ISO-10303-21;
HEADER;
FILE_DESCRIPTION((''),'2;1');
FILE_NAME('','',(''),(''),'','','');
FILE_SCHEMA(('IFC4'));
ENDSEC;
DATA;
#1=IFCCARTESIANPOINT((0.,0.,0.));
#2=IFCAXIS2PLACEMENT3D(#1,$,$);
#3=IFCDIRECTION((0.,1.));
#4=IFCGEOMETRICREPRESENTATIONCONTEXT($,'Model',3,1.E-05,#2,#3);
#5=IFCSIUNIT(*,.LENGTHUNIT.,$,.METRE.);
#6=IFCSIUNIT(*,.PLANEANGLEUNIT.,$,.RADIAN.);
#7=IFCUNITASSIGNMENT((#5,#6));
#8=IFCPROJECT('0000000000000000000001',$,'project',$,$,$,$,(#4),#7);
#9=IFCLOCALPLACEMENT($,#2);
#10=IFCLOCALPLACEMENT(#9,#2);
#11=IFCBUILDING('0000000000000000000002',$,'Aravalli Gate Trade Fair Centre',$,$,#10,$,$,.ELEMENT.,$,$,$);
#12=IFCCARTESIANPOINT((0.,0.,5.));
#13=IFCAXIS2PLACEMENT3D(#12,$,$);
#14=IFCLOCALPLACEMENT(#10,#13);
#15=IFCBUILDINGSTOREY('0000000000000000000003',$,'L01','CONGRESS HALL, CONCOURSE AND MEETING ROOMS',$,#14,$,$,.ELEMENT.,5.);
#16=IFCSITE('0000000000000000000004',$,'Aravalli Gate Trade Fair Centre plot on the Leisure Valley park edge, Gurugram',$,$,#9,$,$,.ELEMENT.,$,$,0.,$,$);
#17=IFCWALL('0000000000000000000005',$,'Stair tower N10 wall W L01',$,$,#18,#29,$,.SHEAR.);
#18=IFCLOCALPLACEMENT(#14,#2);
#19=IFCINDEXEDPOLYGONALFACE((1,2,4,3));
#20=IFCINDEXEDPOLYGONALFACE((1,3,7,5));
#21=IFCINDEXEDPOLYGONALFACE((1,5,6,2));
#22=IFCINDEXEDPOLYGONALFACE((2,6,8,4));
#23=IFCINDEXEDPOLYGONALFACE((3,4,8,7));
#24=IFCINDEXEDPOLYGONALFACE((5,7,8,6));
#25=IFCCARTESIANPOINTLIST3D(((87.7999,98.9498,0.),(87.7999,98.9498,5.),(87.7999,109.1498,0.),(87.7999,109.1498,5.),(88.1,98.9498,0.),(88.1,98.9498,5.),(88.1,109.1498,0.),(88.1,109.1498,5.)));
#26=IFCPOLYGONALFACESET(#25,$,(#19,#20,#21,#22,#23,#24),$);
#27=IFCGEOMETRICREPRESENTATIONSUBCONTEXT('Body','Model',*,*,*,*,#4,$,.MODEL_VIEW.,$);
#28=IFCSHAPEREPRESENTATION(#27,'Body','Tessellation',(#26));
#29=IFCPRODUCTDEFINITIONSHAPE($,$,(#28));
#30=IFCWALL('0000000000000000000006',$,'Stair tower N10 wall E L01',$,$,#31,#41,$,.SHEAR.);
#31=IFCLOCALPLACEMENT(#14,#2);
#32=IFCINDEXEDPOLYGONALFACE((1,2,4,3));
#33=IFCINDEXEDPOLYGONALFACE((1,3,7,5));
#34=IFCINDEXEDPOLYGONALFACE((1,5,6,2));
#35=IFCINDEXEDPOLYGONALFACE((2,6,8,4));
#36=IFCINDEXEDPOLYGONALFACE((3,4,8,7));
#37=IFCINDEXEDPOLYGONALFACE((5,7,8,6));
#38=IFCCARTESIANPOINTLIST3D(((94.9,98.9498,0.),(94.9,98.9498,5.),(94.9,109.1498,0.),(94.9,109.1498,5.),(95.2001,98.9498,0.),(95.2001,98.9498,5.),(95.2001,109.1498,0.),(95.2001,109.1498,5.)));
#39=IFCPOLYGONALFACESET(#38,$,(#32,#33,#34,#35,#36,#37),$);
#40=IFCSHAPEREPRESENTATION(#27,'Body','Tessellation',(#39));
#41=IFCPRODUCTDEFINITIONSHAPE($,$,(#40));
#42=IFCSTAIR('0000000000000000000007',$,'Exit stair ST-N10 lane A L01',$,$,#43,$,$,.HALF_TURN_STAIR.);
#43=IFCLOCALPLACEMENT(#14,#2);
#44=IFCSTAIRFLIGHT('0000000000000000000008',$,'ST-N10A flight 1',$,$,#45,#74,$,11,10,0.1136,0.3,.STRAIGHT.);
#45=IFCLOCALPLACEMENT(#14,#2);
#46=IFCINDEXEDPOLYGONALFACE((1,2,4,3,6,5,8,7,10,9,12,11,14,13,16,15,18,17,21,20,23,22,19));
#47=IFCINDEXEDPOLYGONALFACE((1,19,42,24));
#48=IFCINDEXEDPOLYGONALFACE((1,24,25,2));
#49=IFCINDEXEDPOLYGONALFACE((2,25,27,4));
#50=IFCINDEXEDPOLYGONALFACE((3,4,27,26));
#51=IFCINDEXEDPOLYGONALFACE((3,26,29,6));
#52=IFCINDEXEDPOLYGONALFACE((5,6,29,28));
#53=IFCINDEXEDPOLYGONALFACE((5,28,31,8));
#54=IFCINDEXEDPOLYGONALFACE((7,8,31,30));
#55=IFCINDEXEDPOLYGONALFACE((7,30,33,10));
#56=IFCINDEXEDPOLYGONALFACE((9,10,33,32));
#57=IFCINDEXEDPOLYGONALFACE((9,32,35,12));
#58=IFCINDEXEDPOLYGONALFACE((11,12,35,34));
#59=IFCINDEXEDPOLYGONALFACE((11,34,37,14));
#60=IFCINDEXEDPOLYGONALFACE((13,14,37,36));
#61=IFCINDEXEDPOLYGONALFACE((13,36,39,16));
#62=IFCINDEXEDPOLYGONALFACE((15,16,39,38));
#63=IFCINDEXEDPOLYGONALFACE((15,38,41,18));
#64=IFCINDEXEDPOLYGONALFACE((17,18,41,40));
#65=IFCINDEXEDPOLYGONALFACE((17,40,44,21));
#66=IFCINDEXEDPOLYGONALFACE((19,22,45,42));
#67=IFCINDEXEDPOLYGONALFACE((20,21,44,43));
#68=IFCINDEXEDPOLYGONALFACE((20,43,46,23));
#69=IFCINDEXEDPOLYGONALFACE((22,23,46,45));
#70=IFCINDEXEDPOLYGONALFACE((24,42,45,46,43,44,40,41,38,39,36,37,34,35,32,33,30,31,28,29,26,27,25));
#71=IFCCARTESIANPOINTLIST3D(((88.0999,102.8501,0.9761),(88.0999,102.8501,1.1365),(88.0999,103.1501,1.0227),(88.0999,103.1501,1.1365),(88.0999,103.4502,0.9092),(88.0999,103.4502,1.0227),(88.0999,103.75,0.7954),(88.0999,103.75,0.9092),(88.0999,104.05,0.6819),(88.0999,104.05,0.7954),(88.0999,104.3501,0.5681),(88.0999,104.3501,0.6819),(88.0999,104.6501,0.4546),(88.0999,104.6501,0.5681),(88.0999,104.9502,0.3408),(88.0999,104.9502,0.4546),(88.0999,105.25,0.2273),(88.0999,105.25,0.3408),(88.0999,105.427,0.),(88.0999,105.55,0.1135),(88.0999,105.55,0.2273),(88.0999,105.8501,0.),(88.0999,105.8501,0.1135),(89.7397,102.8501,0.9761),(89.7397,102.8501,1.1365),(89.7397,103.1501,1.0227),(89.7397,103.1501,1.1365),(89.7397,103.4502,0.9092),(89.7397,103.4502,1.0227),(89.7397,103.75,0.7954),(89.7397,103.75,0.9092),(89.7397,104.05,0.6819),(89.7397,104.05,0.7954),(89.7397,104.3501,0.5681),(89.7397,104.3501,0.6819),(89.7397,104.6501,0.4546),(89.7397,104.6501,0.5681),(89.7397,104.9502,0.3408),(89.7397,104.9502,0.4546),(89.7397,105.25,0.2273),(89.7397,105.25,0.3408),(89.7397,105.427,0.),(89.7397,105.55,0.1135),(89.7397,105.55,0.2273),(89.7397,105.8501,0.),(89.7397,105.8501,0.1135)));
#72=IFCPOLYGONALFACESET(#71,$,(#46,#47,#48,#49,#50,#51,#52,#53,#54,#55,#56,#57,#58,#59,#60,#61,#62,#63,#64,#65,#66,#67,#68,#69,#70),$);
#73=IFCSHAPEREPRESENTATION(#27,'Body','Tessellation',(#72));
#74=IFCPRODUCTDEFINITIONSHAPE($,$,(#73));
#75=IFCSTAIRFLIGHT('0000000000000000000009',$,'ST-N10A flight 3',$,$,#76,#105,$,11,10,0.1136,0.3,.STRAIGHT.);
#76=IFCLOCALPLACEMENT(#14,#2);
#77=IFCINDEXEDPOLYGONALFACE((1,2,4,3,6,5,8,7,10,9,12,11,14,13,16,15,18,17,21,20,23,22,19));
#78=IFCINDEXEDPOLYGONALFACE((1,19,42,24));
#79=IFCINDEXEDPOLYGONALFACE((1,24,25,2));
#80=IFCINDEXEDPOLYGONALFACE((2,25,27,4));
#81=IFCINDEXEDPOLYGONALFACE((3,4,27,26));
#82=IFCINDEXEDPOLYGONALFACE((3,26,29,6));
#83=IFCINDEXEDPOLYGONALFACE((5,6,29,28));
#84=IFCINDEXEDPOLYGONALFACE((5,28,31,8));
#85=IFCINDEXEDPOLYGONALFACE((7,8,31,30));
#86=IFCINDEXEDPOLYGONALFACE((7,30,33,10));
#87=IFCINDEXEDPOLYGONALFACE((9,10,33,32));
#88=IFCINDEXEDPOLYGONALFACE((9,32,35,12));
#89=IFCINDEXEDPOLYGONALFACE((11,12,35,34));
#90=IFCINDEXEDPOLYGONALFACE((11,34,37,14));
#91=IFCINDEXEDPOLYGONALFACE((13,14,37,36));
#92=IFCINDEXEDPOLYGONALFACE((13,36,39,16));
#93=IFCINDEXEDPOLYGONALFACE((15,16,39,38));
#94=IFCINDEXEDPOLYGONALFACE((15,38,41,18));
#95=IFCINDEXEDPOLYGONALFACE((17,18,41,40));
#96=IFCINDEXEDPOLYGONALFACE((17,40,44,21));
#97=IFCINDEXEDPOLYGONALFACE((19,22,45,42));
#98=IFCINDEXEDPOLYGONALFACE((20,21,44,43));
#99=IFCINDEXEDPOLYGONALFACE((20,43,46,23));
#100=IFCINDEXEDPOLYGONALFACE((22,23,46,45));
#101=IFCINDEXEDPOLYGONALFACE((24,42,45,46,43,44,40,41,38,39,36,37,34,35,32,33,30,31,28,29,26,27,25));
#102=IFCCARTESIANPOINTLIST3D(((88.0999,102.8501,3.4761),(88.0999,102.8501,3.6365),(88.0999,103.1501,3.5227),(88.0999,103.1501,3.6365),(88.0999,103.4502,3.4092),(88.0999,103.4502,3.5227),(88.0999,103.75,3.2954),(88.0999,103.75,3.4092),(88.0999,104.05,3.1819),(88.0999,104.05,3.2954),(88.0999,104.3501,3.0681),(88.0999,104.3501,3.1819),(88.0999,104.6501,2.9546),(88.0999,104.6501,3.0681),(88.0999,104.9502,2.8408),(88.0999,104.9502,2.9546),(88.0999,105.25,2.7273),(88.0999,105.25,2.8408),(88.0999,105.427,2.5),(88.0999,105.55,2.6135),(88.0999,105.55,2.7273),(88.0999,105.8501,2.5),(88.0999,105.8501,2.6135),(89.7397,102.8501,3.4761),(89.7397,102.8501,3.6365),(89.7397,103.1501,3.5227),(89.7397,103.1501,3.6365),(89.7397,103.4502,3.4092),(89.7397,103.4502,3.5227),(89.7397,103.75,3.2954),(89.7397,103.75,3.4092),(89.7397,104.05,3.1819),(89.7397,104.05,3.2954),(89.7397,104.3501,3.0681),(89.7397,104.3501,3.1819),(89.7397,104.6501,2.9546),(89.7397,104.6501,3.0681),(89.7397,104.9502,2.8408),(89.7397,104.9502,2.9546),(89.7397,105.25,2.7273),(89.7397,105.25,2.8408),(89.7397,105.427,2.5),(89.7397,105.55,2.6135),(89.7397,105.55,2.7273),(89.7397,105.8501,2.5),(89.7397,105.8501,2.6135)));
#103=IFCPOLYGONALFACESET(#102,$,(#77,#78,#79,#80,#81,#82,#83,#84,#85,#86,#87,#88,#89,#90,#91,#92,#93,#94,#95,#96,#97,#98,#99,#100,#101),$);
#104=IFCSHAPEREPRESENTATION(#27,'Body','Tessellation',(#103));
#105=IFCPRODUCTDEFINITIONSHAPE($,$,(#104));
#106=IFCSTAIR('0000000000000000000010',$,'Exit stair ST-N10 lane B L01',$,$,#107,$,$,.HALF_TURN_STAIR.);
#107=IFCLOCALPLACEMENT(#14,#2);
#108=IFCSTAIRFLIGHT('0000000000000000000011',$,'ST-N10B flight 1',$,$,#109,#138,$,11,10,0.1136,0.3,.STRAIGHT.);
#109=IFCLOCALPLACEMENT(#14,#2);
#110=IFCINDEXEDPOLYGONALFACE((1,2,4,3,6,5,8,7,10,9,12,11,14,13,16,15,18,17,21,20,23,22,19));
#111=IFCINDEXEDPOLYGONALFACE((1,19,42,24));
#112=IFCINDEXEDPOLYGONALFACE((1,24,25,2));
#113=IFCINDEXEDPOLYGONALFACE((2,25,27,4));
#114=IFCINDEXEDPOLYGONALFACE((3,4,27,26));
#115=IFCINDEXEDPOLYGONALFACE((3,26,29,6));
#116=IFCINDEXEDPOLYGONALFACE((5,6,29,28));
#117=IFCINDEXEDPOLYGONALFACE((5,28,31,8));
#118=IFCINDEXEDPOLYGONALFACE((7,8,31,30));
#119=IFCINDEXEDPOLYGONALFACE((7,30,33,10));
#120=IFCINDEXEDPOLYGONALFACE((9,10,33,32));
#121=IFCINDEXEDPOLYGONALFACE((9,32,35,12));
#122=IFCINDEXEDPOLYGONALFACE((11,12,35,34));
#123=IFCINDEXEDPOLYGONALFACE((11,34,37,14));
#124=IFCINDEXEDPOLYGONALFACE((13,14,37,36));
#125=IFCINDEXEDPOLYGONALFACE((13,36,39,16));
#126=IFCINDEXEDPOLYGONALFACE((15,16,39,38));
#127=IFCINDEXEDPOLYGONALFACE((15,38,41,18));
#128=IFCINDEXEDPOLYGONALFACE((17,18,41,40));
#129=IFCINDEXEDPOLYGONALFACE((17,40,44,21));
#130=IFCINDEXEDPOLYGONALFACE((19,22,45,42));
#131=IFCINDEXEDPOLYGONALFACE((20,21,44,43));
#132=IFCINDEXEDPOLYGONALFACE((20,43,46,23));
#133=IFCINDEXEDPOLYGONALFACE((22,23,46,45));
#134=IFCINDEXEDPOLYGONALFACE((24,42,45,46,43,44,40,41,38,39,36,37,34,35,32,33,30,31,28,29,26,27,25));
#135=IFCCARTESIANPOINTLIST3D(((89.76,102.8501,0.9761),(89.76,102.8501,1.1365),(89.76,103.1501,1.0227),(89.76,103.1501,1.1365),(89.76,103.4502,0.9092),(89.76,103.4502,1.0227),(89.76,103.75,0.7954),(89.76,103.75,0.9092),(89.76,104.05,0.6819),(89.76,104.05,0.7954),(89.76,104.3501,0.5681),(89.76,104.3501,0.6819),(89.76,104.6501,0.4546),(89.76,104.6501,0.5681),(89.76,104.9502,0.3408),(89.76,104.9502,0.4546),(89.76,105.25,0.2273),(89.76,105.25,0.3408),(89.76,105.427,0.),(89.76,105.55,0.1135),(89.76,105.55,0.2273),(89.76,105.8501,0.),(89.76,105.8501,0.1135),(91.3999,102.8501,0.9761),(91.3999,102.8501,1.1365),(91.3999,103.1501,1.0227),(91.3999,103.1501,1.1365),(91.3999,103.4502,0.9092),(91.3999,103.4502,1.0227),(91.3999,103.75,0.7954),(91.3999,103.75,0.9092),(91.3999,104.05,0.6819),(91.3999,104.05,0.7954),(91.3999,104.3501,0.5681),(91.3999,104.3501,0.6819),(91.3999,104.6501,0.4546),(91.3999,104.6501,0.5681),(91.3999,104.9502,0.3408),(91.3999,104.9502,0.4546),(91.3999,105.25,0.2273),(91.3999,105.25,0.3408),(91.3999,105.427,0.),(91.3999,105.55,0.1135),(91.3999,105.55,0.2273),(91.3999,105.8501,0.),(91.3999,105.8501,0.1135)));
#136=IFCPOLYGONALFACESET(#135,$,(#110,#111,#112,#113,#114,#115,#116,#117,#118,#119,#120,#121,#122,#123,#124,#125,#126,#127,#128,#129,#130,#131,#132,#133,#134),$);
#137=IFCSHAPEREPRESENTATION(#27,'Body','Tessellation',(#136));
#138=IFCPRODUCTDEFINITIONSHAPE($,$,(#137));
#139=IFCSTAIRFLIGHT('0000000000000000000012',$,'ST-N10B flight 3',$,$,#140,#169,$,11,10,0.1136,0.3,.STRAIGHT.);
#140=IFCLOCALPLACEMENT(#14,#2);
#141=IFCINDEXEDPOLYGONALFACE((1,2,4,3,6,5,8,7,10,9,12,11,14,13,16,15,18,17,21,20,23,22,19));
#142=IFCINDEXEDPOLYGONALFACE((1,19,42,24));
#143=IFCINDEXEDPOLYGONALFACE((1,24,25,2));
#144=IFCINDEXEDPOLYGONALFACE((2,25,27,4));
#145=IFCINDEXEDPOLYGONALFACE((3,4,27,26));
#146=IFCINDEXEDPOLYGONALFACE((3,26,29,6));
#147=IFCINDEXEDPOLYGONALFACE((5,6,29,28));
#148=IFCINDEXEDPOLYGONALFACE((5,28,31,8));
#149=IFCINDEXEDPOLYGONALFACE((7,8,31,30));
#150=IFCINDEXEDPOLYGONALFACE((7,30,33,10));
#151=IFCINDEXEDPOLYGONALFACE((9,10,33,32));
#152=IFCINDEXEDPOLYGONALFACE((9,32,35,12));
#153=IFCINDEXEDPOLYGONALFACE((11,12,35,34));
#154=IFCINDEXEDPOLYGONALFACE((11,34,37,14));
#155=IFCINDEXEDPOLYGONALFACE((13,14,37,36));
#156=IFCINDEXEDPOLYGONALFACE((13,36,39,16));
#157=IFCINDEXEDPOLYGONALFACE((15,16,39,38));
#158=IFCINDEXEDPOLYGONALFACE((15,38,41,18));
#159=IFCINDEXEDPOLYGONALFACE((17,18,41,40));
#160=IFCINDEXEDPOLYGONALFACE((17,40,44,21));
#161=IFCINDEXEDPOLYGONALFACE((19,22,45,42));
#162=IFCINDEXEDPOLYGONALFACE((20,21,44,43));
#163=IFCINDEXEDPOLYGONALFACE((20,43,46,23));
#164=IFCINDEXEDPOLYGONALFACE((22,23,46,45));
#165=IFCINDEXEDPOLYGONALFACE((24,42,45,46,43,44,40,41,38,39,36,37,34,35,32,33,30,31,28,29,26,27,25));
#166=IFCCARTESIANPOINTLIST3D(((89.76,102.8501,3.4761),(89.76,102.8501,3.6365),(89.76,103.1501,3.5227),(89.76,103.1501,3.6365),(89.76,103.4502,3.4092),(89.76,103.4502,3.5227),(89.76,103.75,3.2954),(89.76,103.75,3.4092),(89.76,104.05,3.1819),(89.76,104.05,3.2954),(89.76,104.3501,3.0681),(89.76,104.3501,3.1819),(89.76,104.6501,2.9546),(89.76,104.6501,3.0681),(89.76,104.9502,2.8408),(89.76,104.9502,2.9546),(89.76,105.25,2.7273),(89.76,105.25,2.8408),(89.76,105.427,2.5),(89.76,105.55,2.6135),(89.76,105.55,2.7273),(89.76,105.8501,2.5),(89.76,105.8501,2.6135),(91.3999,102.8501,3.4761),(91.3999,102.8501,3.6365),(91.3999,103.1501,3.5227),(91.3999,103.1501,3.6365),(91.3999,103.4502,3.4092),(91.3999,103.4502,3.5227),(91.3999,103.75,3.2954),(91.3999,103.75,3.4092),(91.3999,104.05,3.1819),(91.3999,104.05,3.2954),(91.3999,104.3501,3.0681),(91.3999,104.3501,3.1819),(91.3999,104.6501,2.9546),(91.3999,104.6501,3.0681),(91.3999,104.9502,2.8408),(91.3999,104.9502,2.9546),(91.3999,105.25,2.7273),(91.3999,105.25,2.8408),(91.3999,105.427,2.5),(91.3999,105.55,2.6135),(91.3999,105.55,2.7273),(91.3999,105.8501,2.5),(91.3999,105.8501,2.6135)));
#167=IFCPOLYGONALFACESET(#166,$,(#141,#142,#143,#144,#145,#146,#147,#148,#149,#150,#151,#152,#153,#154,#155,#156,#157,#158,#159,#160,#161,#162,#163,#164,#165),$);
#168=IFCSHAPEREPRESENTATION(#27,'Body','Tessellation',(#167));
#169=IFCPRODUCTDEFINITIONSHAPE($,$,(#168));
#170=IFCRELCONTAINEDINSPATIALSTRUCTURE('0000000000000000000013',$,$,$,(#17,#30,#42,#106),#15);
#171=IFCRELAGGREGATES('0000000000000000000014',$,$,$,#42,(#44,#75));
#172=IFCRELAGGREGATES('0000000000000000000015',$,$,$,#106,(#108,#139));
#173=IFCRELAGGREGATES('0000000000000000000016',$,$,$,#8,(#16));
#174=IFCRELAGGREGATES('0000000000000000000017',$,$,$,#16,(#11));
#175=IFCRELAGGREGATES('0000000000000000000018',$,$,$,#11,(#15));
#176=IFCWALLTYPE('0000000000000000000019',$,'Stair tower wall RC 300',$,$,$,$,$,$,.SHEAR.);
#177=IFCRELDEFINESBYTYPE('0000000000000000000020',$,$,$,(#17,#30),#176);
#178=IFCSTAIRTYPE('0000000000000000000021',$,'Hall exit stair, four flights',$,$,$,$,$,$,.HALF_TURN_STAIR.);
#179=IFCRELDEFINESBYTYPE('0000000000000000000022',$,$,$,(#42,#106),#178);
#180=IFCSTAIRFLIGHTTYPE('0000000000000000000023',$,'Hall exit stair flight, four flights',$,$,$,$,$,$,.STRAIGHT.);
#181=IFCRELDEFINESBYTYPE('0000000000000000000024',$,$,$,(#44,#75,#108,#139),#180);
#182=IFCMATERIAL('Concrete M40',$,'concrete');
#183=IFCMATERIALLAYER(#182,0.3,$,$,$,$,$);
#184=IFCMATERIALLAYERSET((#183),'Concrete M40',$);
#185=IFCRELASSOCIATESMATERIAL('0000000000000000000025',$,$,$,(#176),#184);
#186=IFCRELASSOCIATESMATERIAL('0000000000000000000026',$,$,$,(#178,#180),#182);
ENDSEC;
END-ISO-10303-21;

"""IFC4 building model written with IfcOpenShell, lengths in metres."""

from ifc_helpers import new_model, si_unit, direction, frame, frame_2d, origin, place, context, subcontext, project, spatial, polyline, rectangle, outline, extrude, material, layer, layer_set, type_object, element, aggregate, save


model = new_model("IFC4")

# Units and contexts
model_context = context("Model", 3, precision=1e-05, world=origin(), true_north=direction((0.0, 1.0)))
body_context = subcontext(model_context, "Body", "Model", "MODEL_VIEW")
ifc_project = project(units=[si_unit("LENGTHUNIT", "METRE"), si_unit("PLANEANGLEUNIT", "RADIAN")], contexts=[model_context])

# Site, building, storey
site_placement = place(None, origin())
site = spatial("IfcSite", under=ifc_project, at=site_placement, Name="Aravalli Gate Trade Fair Centre plot on the Leisure Valley park edge, Gurugram", CompositionType="ELEMENT", RefElevation=0.0)
building_placement = place(site_placement, origin())
building = spatial("IfcBuilding", under=site, at=building_placement, Name="Aravalli Gate Trade Fair Centre", CompositionType="ELEMENT")
storey_placement = place(building_placement, frame((0.0, 0.0, 5.0)))
storey = spatial("IfcBuildingStorey", under=building, at=storey_placement, Name="L01", Description="CONGRESS HALL, CONCOURSE AND MEETING ROOMS", CompositionType="ELEMENT", Elevation=5.0)

# Shared definitions
ifc_material_1 = material(Name="Concrete M40", Category="concrete")

# Walls
ifc_layer_1 = layer(ifc_material_1, 0.3)
ifc_layer_set_1 = layer_set([ifc_layer_1], Name="Concrete M40")
wall_type_1 = type_object("IfcWallType", Name="Stair tower wall RC 300", PredefinedType="SHEAR", material=ifc_layer_set_1)
for number, where, z_axis, x_axis, name in (
    (1, (87.95, 109.1499, 0.0), (0.0, 0.0, 1.0), (0.0, -1.0, 0.0), "Stair tower N10 wall W L01"),
    (2, (95.05, 109.1499, 0.0), (0.0, 0.0, 1.0), (0.0, -1.0, 0.0), "Stair tower N10 wall E L01"),
):
    element("IfcWall", number, at=place(storey_placement, frame(where, z_axis=z_axis, x_axis=x_axis)), inside=storey, type_object=wall_type_1, Name=name, PredefinedType="SHEAR", context=body_context, shape_type="SweptSolid", body=[
        extrude(rectangle(XDim=10.2, YDim=0.3, at=frame_2d((5.1001, 0.0))), origin(), (0.0, 0.0, 1.0), 5.0),
    ])

# Stairs, stair flights
stair_type = type_object("IfcStairType", Name="Hall exit stair, four flights", PredefinedType="HALF_TURN_STAIR", material=ifc_material_1)
stair_1_placement = place(storey_placement, origin())
stair_1 = element("IfcStair", 3, at=stair_1_placement, inside=storey, type_object=stair_type, Name="Exit stair ST-N10 lane A L01", PredefinedType="HALF_TURN_STAIR")
stair_flight_type = type_object("IfcStairFlightType", Name="Hall exit stair flight, four flights", PredefinedType="STRAIGHT", material=ifc_material_1)
stair_flight_1_placement = place(storey_placement, frame((88.9199, 105.8501, 0.0), z_axis=(0.0, 0.0, 1.0), x_axis=(0.0, -1.0, 0.0)))
stair_flight_1 = element("IfcStairFlight", 4, at=stair_flight_1_placement, type_object=stair_flight_type, Name="ST-N10A flight 1", NumberOfRisers=11, NumberOfTreads=10, PredefinedType="STRAIGHT", RiserHeight=0.1136, TreadLength=0.3, context=body_context, shape_type="SweptSolid", body=[
    extrude(outline(polyline([(0.0, 0.0), (0.0, 0.1135), (0.3, 0.1135), (0.3, 0.2273), (0.6001, 0.2273), (0.6001, 0.3408), (0.8999, 0.3408), (0.8999, 0.4546), (1.2, 0.4546), (1.2, 0.5681), (1.5, 0.5681), (1.5, 0.6819), (1.8, 0.6819), (1.8, 0.7954), (2.1001, 0.7954), (2.1001, 0.9092), (2.3999, 0.9092), (2.3999, 1.0227), (2.7, 1.0227), (2.7, 1.1365), (3.0, 1.1365), (3.0, 1.25), (3.0, 0.9761), (0.4231, 0.0), (0.0, 0.0)])), frame((0.0, 0.8198, 0.0), z_axis=(0.0, -1.0, 0.0), x_axis=(1.0, 0.0, 0.0)), (0.0, 0.0, 1.0), 1.6399),
])
stair_flight_2_placement = place(storey_placement, frame((88.9199, 105.8501, 2.5), z_axis=(0.0, 0.0, 1.0), x_axis=(0.0, -1.0, 0.0)))
stair_flight_2 = element("IfcStairFlight", 5, at=stair_flight_2_placement, type_object=stair_flight_type, Name="ST-N10A flight 3", NumberOfRisers=11, NumberOfTreads=10, PredefinedType="STRAIGHT", RiserHeight=0.1136, TreadLength=0.3, context=body_context, shape_type="SweptSolid", body=[
    extrude(outline(polyline([(0.0, 0.0), (0.0, 0.1135), (0.3, 0.1135), (0.3, 0.2273), (0.6001, 0.2273), (0.6001, 0.3408), (0.8999, 0.3408), (0.8999, 0.4546), (1.2, 0.4546), (1.2, 0.5681), (1.5, 0.5681), (1.5, 0.6819), (1.8, 0.6819), (1.8, 0.7954), (2.1001, 0.7954), (2.1001, 0.9092), (2.3999, 0.9092), (2.3999, 1.0227), (2.7, 1.0227), (2.7, 1.1365), (3.0, 1.1365), (3.0, 1.25), (3.0, 0.9761), (0.4231, 0.0), (0.0, 0.0)])), frame((0.0, 0.8198, 0.0), z_axis=(0.0, -1.0, 0.0), x_axis=(1.0, 0.0, 0.0)), (0.0, 0.0, 1.0), 1.6399),
])
aggregate(stair_1, [stair_flight_1, stair_flight_2])
stair_2_placement = place(storey_placement, origin())
stair_2 = element("IfcStair", 6, at=stair_2_placement, inside=storey, type_object=stair_type, Name="Exit stair ST-N10 lane B L01", PredefinedType="HALF_TURN_STAIR")
stair_flight_3_placement = place(storey_placement, frame((90.5801, 105.8501, 0.0), z_axis=(0.0, 0.0, 1.0), x_axis=(0.0, -1.0, 0.0)))
stair_flight_3 = element("IfcStairFlight", 7, at=stair_flight_3_placement, type_object=stair_flight_type, Name="ST-N10B flight 1", NumberOfRisers=11, NumberOfTreads=10, PredefinedType="STRAIGHT", RiserHeight=0.1136, TreadLength=0.3, context=body_context, shape_type="SweptSolid", body=[
    extrude(outline(polyline([(0.0, 0.0), (0.0, 0.1135), (0.3, 0.1135), (0.3, 0.2273), (0.6001, 0.2273), (0.6001, 0.3408), (0.8999, 0.3408), (0.8999, 0.4546), (1.2, 0.4546), (1.2, 0.5681), (1.5, 0.5681), (1.5, 0.6819), (1.8, 0.6819), (1.8, 0.7954), (2.1001, 0.7954), (2.1001, 0.9092), (2.3999, 0.9092), (2.3999, 1.0227), (2.7, 1.0227), (2.7, 1.1365), (3.0, 1.1365), (3.0, 1.25), (3.0, 0.9761), (0.4231, 0.0), (0.0, 0.0)])), frame((0.0, 0.8198, 0.0), z_axis=(0.0, -1.0, 0.0), x_axis=(1.0, 0.0, 0.0)), (0.0, 0.0, 1.0), 1.6399),
])
stair_flight_4_placement = place(storey_placement, frame((90.5801, 105.8501, 2.5), z_axis=(0.0, 0.0, 1.0), x_axis=(0.0, -1.0, 0.0)))
stair_flight_4 = element("IfcStairFlight", 8, at=stair_flight_4_placement, type_object=stair_flight_type, Name="ST-N10B flight 3", NumberOfRisers=11, NumberOfTreads=10, PredefinedType="STRAIGHT", RiserHeight=0.1136, TreadLength=0.3, context=body_context, shape_type="SweptSolid", body=[
    extrude(outline(polyline([(0.0, 0.0), (0.0, 0.1135), (0.3, 0.1135), (0.3, 0.2273), (0.6001, 0.2273), (0.6001, 0.3408), (0.8999, 0.3408), (0.8999, 0.4546), (1.2, 0.4546), (1.2, 0.5681), (1.5, 0.5681), (1.5, 0.6819), (1.8, 0.6819), (1.8, 0.7954), (2.1001, 0.7954), (2.1001, 0.9092), (2.3999, 0.9092), (2.3999, 1.0227), (2.7, 1.0227), (2.7, 1.1365), (3.0, 1.1365), (3.0, 1.25), (3.0, 0.9761), (0.4231, 0.0), (0.0, 0.0)])), frame((0.0, 0.8198, 0.0), z_axis=(0.0, -1.0, 0.0), x_axis=(1.0, 0.0, 0.0)), (0.0, 0.0, 1.0), 1.6399),
])
aggregate(stair_2, [stair_flight_3, stair_flight_4])

save(model, "model.ifc")
